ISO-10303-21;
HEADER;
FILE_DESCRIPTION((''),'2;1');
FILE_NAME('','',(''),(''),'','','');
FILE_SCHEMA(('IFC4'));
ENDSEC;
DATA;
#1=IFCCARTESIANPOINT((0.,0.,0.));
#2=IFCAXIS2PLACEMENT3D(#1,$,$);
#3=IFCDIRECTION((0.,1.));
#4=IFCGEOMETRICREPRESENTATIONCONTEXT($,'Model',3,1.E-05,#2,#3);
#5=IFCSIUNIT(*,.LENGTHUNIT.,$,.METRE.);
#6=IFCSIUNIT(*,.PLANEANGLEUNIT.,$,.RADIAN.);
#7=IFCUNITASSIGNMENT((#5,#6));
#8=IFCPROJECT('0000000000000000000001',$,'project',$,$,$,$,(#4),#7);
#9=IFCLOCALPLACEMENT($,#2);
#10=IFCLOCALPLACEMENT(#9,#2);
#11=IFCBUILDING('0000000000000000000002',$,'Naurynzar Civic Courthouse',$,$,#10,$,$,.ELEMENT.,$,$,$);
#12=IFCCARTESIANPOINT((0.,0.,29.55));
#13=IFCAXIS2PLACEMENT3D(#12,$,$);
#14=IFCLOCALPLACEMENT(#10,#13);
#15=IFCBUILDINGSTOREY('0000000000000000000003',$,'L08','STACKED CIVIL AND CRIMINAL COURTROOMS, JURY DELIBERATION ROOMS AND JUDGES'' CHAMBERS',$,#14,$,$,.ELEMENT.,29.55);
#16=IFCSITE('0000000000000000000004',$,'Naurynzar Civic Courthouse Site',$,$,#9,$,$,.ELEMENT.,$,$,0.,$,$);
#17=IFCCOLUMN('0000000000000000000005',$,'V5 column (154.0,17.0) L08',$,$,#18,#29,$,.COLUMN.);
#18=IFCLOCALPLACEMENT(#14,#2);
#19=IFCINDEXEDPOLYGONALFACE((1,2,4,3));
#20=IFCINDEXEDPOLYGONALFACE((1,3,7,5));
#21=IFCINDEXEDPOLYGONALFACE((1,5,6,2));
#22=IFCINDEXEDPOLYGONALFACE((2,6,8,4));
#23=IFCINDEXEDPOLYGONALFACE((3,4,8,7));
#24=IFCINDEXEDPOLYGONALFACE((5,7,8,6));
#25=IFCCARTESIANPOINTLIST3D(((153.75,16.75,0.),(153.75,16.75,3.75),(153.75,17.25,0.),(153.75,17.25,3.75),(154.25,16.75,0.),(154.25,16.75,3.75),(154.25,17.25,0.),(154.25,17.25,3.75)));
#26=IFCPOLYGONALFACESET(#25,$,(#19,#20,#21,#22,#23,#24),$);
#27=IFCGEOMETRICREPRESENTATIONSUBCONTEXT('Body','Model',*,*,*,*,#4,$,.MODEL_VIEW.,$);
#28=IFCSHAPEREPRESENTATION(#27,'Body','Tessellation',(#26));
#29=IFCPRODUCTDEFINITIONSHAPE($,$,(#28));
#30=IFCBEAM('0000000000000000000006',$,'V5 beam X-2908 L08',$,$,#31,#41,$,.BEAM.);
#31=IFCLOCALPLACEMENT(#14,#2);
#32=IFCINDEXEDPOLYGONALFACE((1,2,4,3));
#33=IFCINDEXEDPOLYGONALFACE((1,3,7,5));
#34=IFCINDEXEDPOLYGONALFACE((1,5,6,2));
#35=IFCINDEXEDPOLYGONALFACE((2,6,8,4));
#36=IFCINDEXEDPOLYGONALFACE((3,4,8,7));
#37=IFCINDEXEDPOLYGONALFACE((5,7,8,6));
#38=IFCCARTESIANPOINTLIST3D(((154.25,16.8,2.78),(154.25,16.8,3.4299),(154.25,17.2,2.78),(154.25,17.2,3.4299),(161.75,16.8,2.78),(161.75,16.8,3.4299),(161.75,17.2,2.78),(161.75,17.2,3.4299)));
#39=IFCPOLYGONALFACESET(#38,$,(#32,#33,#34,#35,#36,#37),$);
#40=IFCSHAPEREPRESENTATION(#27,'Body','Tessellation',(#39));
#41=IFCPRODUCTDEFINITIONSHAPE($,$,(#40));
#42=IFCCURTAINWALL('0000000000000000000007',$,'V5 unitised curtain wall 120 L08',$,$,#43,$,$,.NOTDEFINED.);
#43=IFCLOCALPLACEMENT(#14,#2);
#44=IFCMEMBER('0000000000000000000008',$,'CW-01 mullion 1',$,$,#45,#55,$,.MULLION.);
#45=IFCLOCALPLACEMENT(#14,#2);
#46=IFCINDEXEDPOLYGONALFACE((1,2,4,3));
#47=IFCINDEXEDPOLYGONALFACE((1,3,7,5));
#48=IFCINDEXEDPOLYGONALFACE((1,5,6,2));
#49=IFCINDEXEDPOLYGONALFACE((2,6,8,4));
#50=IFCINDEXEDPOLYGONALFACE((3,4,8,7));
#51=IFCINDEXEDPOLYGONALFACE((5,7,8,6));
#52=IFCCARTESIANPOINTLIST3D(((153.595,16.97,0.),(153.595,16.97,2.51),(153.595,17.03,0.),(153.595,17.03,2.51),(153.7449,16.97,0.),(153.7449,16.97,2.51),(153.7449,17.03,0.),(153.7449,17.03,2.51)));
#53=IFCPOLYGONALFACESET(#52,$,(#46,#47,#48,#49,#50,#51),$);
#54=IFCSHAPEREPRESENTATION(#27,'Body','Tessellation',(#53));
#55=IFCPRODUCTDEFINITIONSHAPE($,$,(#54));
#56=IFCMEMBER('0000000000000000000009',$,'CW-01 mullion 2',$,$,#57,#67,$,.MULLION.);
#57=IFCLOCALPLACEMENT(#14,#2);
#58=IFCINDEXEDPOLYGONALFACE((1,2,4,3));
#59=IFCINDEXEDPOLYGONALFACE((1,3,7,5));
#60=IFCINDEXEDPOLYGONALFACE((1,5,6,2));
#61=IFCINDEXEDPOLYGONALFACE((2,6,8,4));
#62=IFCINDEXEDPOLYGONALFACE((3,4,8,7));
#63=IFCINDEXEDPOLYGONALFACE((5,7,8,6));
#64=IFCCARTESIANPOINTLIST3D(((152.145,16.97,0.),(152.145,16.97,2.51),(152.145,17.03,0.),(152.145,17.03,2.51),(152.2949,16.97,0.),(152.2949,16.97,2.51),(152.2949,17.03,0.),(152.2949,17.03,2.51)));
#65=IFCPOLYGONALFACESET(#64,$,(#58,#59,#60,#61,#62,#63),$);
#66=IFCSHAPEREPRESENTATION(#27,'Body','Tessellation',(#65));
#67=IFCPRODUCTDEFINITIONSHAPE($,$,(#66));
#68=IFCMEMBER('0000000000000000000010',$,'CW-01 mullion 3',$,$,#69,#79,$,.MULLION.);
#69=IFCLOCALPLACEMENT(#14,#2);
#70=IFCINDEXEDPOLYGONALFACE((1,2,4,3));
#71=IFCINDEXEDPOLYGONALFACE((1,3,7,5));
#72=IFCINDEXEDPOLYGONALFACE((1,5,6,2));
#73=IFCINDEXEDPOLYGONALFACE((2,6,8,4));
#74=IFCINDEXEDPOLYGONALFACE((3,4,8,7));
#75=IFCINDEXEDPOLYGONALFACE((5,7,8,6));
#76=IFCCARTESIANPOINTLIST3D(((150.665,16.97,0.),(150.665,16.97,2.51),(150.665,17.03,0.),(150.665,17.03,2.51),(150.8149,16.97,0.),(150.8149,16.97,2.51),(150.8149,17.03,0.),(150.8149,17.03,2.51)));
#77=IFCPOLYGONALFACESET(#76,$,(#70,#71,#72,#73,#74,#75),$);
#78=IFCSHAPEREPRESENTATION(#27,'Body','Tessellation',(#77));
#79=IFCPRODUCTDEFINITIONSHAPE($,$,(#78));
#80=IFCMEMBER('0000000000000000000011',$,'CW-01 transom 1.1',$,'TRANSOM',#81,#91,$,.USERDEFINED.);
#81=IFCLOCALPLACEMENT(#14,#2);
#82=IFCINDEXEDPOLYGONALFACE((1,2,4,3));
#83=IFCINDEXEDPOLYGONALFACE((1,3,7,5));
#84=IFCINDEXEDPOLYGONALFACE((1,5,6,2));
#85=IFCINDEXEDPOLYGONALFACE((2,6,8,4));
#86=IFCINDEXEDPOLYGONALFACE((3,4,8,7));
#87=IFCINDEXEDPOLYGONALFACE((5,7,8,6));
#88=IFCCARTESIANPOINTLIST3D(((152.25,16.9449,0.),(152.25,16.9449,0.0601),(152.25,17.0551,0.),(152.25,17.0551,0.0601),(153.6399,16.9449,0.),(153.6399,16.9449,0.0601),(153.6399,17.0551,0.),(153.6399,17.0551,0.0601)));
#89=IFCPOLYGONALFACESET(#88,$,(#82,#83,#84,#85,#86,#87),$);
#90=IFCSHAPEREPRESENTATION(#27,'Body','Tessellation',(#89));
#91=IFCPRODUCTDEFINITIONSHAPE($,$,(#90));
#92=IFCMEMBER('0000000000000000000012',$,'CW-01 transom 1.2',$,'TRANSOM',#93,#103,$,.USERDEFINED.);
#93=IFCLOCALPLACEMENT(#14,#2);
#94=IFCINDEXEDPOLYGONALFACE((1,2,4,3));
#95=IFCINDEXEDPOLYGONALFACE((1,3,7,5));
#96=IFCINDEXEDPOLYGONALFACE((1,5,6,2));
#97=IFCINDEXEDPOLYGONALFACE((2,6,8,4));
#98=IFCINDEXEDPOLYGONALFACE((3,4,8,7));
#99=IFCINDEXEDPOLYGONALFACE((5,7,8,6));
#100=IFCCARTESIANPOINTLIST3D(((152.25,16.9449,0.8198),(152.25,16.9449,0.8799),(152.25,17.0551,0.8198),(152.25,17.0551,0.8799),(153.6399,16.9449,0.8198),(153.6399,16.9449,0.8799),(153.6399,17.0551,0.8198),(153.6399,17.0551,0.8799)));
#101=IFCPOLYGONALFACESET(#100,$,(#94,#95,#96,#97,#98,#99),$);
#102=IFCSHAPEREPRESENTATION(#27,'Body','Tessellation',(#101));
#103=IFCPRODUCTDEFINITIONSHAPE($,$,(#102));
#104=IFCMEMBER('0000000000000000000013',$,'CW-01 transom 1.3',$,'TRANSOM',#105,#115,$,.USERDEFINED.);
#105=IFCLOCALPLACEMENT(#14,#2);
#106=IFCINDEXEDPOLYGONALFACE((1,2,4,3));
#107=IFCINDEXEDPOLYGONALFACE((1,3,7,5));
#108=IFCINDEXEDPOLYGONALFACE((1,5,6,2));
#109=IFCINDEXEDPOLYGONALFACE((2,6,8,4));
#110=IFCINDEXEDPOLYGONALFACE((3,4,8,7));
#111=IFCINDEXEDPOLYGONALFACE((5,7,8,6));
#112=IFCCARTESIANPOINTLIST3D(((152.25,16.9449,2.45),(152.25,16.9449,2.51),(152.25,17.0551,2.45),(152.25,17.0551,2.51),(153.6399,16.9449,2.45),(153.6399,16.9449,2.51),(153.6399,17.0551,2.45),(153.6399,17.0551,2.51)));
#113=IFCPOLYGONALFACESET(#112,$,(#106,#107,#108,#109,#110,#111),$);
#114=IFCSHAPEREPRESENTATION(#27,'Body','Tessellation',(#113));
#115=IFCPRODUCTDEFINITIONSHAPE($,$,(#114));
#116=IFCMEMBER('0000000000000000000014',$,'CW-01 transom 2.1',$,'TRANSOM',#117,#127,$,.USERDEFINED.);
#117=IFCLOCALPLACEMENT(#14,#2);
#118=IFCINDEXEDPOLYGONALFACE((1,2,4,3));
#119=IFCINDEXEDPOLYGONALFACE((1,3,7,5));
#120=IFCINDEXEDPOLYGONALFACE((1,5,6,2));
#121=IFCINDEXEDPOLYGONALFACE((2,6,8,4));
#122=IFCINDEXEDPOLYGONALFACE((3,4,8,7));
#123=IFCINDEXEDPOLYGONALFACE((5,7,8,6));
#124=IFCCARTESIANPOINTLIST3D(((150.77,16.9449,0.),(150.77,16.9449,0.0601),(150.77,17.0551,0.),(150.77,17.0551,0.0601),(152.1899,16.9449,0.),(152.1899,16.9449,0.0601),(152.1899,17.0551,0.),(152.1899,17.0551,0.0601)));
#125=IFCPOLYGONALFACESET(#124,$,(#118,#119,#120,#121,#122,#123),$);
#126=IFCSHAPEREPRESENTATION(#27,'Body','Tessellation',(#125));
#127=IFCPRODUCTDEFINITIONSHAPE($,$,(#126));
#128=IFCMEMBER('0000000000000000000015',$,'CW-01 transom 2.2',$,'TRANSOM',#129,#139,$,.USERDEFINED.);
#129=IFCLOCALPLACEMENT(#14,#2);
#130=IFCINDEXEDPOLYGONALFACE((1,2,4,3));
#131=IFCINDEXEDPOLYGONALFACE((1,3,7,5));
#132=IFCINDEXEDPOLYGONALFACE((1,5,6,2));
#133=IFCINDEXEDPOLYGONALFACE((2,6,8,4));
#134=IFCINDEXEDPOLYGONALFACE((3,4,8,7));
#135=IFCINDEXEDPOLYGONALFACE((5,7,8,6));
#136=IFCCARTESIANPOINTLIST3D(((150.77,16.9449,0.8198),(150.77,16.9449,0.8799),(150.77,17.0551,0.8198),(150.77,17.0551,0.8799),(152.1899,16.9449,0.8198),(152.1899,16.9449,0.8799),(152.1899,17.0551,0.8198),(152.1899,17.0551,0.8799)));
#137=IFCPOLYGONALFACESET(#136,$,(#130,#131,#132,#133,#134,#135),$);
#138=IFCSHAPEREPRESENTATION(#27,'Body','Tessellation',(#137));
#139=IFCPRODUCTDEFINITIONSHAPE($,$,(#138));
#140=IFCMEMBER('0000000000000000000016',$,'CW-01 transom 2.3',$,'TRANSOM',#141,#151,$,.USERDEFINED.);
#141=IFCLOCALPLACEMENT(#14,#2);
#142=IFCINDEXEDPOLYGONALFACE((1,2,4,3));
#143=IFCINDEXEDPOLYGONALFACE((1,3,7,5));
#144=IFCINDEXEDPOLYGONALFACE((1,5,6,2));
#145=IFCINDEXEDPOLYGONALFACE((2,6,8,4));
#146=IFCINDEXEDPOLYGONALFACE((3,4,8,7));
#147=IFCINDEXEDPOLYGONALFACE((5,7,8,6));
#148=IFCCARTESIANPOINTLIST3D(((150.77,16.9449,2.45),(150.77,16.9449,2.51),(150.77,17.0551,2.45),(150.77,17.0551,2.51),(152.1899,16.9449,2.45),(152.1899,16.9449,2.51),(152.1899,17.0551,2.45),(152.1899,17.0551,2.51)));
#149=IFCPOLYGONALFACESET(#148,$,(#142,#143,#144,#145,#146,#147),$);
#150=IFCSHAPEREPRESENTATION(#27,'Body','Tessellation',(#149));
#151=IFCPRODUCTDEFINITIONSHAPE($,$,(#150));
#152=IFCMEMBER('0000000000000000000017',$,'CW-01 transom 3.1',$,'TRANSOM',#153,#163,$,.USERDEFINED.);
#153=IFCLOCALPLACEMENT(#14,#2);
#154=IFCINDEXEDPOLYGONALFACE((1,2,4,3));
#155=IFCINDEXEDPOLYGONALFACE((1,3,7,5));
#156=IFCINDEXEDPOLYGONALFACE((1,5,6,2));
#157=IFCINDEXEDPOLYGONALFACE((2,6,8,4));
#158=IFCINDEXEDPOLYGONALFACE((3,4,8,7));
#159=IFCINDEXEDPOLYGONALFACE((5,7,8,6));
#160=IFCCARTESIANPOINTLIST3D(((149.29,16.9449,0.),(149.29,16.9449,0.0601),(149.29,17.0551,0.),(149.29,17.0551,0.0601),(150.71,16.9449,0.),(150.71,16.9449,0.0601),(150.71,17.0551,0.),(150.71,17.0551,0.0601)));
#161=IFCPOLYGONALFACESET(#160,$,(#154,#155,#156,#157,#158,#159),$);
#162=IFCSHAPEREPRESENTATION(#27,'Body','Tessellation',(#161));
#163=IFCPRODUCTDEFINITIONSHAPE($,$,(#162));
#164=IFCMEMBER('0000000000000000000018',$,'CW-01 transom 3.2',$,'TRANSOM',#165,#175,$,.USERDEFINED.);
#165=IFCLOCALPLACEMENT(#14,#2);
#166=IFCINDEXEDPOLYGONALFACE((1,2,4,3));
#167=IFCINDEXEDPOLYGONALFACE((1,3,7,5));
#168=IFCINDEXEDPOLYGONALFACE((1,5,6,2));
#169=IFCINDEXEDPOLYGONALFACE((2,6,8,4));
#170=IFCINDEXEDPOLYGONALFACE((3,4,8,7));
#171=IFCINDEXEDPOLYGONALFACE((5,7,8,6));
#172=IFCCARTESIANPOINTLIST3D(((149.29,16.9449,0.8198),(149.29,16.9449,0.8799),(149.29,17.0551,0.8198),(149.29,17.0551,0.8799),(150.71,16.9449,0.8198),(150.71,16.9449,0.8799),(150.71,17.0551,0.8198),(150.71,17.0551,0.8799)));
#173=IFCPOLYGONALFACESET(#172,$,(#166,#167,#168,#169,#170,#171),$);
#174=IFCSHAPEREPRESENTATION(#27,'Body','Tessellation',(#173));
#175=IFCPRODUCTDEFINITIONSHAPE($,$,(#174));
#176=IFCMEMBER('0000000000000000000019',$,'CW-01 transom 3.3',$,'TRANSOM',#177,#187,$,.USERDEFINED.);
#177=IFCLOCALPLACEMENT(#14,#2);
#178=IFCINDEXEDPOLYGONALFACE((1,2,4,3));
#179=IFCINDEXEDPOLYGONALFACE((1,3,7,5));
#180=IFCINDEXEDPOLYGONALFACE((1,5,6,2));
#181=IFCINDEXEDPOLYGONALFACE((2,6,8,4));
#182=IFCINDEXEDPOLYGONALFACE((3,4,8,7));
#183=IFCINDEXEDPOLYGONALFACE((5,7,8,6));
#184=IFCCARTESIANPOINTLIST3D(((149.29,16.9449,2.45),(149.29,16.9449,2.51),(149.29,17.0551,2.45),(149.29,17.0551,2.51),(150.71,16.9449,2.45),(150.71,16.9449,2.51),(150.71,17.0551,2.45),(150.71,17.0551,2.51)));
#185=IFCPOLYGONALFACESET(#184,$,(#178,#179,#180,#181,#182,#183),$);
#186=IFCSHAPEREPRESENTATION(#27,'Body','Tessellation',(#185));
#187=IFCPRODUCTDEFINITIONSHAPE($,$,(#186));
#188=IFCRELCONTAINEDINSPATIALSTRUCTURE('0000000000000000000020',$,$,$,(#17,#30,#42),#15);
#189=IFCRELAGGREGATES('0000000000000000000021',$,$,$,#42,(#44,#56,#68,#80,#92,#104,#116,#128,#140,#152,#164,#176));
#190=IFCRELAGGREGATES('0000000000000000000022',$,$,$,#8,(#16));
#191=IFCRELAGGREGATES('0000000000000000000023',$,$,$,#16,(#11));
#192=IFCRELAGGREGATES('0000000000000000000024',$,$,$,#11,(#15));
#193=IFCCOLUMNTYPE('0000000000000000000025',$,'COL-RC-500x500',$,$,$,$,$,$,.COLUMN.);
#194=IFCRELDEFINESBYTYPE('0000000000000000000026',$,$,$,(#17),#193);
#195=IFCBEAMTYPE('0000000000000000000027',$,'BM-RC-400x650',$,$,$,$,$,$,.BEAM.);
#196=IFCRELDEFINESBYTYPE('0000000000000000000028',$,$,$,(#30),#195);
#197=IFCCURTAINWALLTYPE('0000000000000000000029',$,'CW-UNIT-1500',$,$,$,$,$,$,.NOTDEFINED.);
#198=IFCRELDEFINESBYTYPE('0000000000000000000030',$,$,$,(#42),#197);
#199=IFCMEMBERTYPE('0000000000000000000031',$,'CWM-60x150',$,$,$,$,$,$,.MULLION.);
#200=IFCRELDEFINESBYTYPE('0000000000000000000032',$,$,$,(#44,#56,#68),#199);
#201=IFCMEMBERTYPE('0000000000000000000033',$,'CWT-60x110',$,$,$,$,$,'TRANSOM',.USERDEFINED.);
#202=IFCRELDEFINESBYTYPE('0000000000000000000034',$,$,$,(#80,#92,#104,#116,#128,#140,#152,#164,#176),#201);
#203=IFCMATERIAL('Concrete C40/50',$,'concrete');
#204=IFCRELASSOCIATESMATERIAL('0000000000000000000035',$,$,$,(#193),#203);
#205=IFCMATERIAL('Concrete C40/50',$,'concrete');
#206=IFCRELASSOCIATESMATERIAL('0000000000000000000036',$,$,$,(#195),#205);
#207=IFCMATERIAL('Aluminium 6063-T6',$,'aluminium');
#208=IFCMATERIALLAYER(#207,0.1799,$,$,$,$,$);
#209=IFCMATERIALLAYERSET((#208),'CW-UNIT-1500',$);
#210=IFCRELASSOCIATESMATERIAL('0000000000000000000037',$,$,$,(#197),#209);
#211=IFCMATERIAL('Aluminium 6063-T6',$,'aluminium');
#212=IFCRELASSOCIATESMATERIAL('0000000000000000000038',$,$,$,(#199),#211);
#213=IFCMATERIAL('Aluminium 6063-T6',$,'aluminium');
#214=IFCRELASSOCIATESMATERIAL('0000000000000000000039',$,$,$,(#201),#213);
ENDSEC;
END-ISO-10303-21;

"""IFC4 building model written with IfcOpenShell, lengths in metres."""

from ifc_helpers import new_model, si_unit, direction, frame, origin, origin_2d, place, context, subcontext, project, spatial, rectangle, extrude, material, layer, layer_set, material_profile, profile_set, type_object, element, aggregate, save


model = new_model("IFC4")

# Units and contexts
model_context = context("Model", 3, precision=1e-05, world=origin(), true_north=direction((0.0, 1.0)))
body_context = subcontext(model_context, "Body", "Model", "MODEL_VIEW")
ifc_project = project(units=[si_unit("LENGTHUNIT", "METRE"), si_unit("PLANEANGLEUNIT", "RADIAN")], contexts=[model_context])

# Site, building, storey
site_placement = place(None, origin())
site = spatial("IfcSite", under=ifc_project, at=site_placement, Name="Naurynzar Civic Courthouse Site", CompositionType="ELEMENT", RefElevation=0.0)
building_placement = place(site_placement, origin())
building = spatial("IfcBuilding", under=site, at=building_placement, Name="Naurynzar Civic Courthouse", CompositionType="ELEMENT")
storey_placement = place(building_placement, frame((0.0, 0.0, 29.55)))
storey = spatial("IfcBuildingStorey", under=building, at=storey_placement, Name="L08", Description="STACKED CIVIL AND CRIMINAL COURTROOMS, JURY DELIBERATION ROOMS AND JUDGES' CHAMBERS", CompositionType="ELEMENT", Elevation=29.55)

# Column
ifc_material_1 = material(Name="Concrete C40/50", Category="concrete")
ifc_material_profile_1 = material_profile(ifc_material_1, rectangle(XDim=0.5, YDim=0.5, at=origin_2d()), Name="RC 500x500")
ifc_profile_set_1 = profile_set([ifc_material_profile_1], Name="Concrete C40/50")
column_type = type_object("IfcColumnType", Name="COL-RC-500x500", PredefinedType="COLUMN", material=ifc_profile_set_1)
column_placement = place(storey_placement, frame((154.0, 17.0, 0.0), z_axis=(0.0, 0.0, 1.0), x_axis=(1.0, 0.0, 0.0)))
element("IfcColumn", 1, at=column_placement, inside=storey, type_object=column_type, Name="V5 column (154.0,17.0) L08", PredefinedType="COLUMN", context=body_context, shape_type="SweptSolid", body=[
    extrude(rectangle(XDim=0.5, YDim=0.5, at=origin_2d()), origin(), (0.0, 0.0, 1.0), 3.75),
])

# Beam
ifc_material_2 = material(Name="Concrete C40/50", Category="concrete")
ifc_material_profile_2 = material_profile(ifc_material_2, rectangle(XDim=0.3999, YDim=0.6499, at=origin_2d()), Name="RCB 400x650")
ifc_profile_set_2 = profile_set([ifc_material_profile_2], Name="Concrete C40/50")
beam_type = type_object("IfcBeamType", Name="BM-RC-400x650", PredefinedType="BEAM", material=ifc_profile_set_2)
beam_placement = place(storey_placement, frame((154.25, 17.0, 3.105), z_axis=(1.0, 0.0, 0.0), x_axis=(0.0, 1.0, 0.0)))
element("IfcBeam", 2, at=beam_placement, inside=storey, type_object=beam_type, Name="V5 beam X-2908 L08", PredefinedType="BEAM", context=body_context, shape_type="SweptSolid", body=[
    extrude(rectangle(XDim=0.3999, YDim=0.6499, at=origin_2d()), origin(), (0.0, 0.0, 1.0), 7.5),
])

# Curtain wall, members
ifc_material_3 = material(Name="Aluminium 6063-T6", Category="aluminium")
ifc_layer_1 = layer(ifc_material_3, 0.1799)
ifc_layer_set_1 = layer_set([ifc_layer_1], Name="CW-UNIT-1500")
curtain_wall_type = type_object("IfcCurtainWallType", Name="CW-UNIT-1500", PredefinedType="NOTDEFINED", material=ifc_layer_set_1)
curtain_wall_placement = place(storey_placement, origin())
curtain_wall = element("IfcCurtainWall", 3, at=curtain_wall_placement, inside=storey, type_object=curtain_wall_type, Name="V5 unitised curtain wall 120 L08", PredefinedType="NOTDEFINED")
ifc_material_4 = material(Name="Aluminium 6063-T6", Category="aluminium")
ifc_material_profile_3 = material_profile(ifc_material_4, rectangle(XDim=0.0601, YDim=0.1499, at=origin_2d()), Name="ALU MULLION 60x150")
ifc_profile_set_3 = profile_set([ifc_material_profile_3], Name="Aluminium 6063-T6")
member_type_1 = type_object("IfcMemberType", Name="CWM-60x150", PredefinedType="MULLION", material=ifc_profile_set_3)
member_1_placement = place(storey_placement, frame((153.6699, 17.0, 0.0), z_axis=(0.0, 0.0, 1.0), x_axis=(0.0, -1.0, 0.0)))
member_1 = element("IfcMember", 4, at=member_1_placement, type_object=member_type_1, Name="CW-01 mullion 1", PredefinedType="MULLION", context=body_context, shape_type="SweptSolid", body=[
    extrude(rectangle(XDim=0.0601, YDim=0.1499, at=origin_2d()), origin(), (0.0, 0.0, 1.0), 2.51),
])
member_2_placement = place(storey_placement, frame((152.22, 17.0, 0.0), z_axis=(0.0, 0.0, 1.0), x_axis=(0.0, -1.0, 0.0)))
member_2 = element("IfcMember", 5, at=member_2_placement, type_object=member_type_1, Name="CW-01 mullion 2", PredefinedType="MULLION", context=body_context, shape_type="SweptSolid", body=[
    extrude(rectangle(XDim=0.0601, YDim=0.1499, at=origin_2d()), origin(), (0.0, 0.0, 1.0), 2.51),
])
member_3_placement = place(storey_placement, frame((150.74, 17.0, 0.0), z_axis=(0.0, 0.0, 1.0), x_axis=(0.0, -1.0, 0.0)))
member_3 = element("IfcMember", 6, at=member_3_placement, type_object=member_type_1, Name="CW-01 mullion 3", PredefinedType="MULLION", context=body_context, shape_type="SweptSolid", body=[
    extrude(rectangle(XDim=0.0601, YDim=0.1499, at=origin_2d()), origin(), (0.0, 0.0, 1.0), 2.51),
])
ifc_material_5 = material(Name="Aluminium 6063-T6", Category="aluminium")
ifc_material_profile_4 = material_profile(ifc_material_5, rectangle(XDim=0.1101, YDim=0.0601, at=origin_2d()), Name="ALU TRANSOM 60x110")
ifc_profile_set_4 = profile_set([ifc_material_profile_4], Name="Aluminium 6063-T6")
member_type_2 = type_object("IfcMemberType", Name="CWT-60x110", ElementType="TRANSOM", PredefinedType="USERDEFINED", material=ifc_profile_set_4)
member_4_placement = place(storey_placement, frame((153.6399, 17.0, 0.03), z_axis=(-1.0, 0.0, 0.0), x_axis=(0.0, -1.0, 0.0)))
member_4 = element("IfcMember", 7, at=member_4_placement, type_object=member_type_2, Name="CW-01 transom 1.1", ObjectType="TRANSOM", PredefinedType="USERDEFINED", context=body_context, shape_type="SweptSolid", body=[
    extrude(rectangle(XDim=0.1101, YDim=0.0601, at=origin_2d()), origin(), (0.0, 0.0, 1.0), 1.3899),
])
member_5_placement = place(storey_placement, frame((153.6399, 17.0, 0.8499), z_axis=(-1.0, 0.0, 0.0), x_axis=(0.0, -1.0, 0.0)))
member_5 = element("IfcMember", 8, at=member_5_placement, type_object=member_type_2, Name="CW-01 transom 1.2", ObjectType="TRANSOM", PredefinedType="USERDEFINED", context=body_context, shape_type="SweptSolid", body=[
    extrude(rectangle(XDim=0.1101, YDim=0.0601, at=origin_2d()), origin(), (0.0, 0.0, 1.0), 1.3899),
])
member_6_placement = place(storey_placement, frame((153.6399, 17.0, 2.48), z_axis=(-1.0, 0.0, 0.0), x_axis=(0.0, -1.0, 0.0)))
member_6 = element("IfcMember", 9, at=member_6_placement, type_object=member_type_2, Name="CW-01 transom 1.3", ObjectType="TRANSOM", PredefinedType="USERDEFINED", context=body_context, shape_type="SweptSolid", body=[
    extrude(rectangle(XDim=0.1101, YDim=0.0601, at=origin_2d()), origin(), (0.0, 0.0, 1.0), 1.3899),
])
member_7_placement = place(storey_placement, frame((152.1899, 17.0, 0.03), z_axis=(-1.0, 0.0, 0.0), x_axis=(0.0, -1.0, 0.0)))
member_7 = element("IfcMember", 10, at=member_7_placement, type_object=member_type_2, Name="CW-01 transom 2.1", ObjectType="TRANSOM", PredefinedType="USERDEFINED", context=body_context, shape_type="SweptSolid", body=[
    extrude(rectangle(XDim=0.1101, YDim=0.0601, at=origin_2d()), origin(), (0.0, 0.0, 1.0), 1.4199),
])
member_8_placement = place(storey_placement, frame((152.1899, 17.0, 0.8499), z_axis=(-1.0, 0.0, 0.0), x_axis=(0.0, -1.0, 0.0)))
member_8 = element("IfcMember", 11, at=member_8_placement, type_object=member_type_2, Name="CW-01 transom 2.2", ObjectType="TRANSOM", PredefinedType="USERDEFINED", context=body_context, shape_type="SweptSolid", body=[
    extrude(rectangle(XDim=0.1101, YDim=0.0601, at=origin_2d()), origin(), (0.0, 0.0, 1.0), 1.4199),
])
member_9_placement = place(storey_placement, frame((152.1899, 17.0, 2.48), z_axis=(-1.0, 0.0, 0.0), x_axis=(0.0, -1.0, 0.0)))
member_9 = element("IfcMember", 12, at=member_9_placement, type_object=member_type_2, Name="CW-01 transom 2.3", ObjectType="TRANSOM", PredefinedType="USERDEFINED", context=body_context, shape_type="SweptSolid", body=[
    extrude(rectangle(XDim=0.1101, YDim=0.0601, at=origin_2d()), origin(), (0.0, 0.0, 1.0), 1.4199),
])
member_10_placement = place(storey_placement, frame((150.71, 17.0, 0.03), z_axis=(-1.0, 0.0, 0.0), x_axis=(0.0, -1.0, 0.0)))
member_10 = element("IfcMember", 13, at=member_10_placement, type_object=member_type_2, Name="CW-01 transom 3.1", ObjectType="TRANSOM", PredefinedType="USERDEFINED", context=body_context, shape_type="SweptSolid", body=[
    extrude(rectangle(XDim=0.1101, YDim=0.0601, at=origin_2d()), origin(), (0.0, 0.0, 1.0), 1.4199),
])
member_11_placement = place(storey_placement, frame((150.71, 17.0, 0.8499), z_axis=(-1.0, 0.0, 0.0), x_axis=(0.0, -1.0, 0.0)))
member_11 = element("IfcMember", 14, at=member_11_placement, type_object=member_type_2, Name="CW-01 transom 3.2", ObjectType="TRANSOM", PredefinedType="USERDEFINED", context=body_context, shape_type="SweptSolid", body=[
    extrude(rectangle(XDim=0.1101, YDim=0.0601, at=origin_2d()), origin(), (0.0, 0.0, 1.0), 1.4199),
])
member_12_placement = place(storey_placement, frame((150.71, 17.0, 2.48), z_axis=(-1.0, 0.0, 0.0), x_axis=(0.0, -1.0, 0.0)))
member_12 = element("IfcMember", 15, at=member_12_placement, type_object=member_type_2, Name="CW-01 transom 3.3", ObjectType="TRANSOM", PredefinedType="USERDEFINED", context=body_context, shape_type="SweptSolid", body=[
    extrude(rectangle(XDim=0.1101, YDim=0.0601, at=origin_2d()), origin(), (0.0, 0.0, 1.0), 1.4199),
])
aggregate(curtain_wall, [member_1, member_2, member_3, member_4, member_5, member_6, member_7, member_8, member_9, member_10, member_11, member_12])

save(model, "model.ifc")
